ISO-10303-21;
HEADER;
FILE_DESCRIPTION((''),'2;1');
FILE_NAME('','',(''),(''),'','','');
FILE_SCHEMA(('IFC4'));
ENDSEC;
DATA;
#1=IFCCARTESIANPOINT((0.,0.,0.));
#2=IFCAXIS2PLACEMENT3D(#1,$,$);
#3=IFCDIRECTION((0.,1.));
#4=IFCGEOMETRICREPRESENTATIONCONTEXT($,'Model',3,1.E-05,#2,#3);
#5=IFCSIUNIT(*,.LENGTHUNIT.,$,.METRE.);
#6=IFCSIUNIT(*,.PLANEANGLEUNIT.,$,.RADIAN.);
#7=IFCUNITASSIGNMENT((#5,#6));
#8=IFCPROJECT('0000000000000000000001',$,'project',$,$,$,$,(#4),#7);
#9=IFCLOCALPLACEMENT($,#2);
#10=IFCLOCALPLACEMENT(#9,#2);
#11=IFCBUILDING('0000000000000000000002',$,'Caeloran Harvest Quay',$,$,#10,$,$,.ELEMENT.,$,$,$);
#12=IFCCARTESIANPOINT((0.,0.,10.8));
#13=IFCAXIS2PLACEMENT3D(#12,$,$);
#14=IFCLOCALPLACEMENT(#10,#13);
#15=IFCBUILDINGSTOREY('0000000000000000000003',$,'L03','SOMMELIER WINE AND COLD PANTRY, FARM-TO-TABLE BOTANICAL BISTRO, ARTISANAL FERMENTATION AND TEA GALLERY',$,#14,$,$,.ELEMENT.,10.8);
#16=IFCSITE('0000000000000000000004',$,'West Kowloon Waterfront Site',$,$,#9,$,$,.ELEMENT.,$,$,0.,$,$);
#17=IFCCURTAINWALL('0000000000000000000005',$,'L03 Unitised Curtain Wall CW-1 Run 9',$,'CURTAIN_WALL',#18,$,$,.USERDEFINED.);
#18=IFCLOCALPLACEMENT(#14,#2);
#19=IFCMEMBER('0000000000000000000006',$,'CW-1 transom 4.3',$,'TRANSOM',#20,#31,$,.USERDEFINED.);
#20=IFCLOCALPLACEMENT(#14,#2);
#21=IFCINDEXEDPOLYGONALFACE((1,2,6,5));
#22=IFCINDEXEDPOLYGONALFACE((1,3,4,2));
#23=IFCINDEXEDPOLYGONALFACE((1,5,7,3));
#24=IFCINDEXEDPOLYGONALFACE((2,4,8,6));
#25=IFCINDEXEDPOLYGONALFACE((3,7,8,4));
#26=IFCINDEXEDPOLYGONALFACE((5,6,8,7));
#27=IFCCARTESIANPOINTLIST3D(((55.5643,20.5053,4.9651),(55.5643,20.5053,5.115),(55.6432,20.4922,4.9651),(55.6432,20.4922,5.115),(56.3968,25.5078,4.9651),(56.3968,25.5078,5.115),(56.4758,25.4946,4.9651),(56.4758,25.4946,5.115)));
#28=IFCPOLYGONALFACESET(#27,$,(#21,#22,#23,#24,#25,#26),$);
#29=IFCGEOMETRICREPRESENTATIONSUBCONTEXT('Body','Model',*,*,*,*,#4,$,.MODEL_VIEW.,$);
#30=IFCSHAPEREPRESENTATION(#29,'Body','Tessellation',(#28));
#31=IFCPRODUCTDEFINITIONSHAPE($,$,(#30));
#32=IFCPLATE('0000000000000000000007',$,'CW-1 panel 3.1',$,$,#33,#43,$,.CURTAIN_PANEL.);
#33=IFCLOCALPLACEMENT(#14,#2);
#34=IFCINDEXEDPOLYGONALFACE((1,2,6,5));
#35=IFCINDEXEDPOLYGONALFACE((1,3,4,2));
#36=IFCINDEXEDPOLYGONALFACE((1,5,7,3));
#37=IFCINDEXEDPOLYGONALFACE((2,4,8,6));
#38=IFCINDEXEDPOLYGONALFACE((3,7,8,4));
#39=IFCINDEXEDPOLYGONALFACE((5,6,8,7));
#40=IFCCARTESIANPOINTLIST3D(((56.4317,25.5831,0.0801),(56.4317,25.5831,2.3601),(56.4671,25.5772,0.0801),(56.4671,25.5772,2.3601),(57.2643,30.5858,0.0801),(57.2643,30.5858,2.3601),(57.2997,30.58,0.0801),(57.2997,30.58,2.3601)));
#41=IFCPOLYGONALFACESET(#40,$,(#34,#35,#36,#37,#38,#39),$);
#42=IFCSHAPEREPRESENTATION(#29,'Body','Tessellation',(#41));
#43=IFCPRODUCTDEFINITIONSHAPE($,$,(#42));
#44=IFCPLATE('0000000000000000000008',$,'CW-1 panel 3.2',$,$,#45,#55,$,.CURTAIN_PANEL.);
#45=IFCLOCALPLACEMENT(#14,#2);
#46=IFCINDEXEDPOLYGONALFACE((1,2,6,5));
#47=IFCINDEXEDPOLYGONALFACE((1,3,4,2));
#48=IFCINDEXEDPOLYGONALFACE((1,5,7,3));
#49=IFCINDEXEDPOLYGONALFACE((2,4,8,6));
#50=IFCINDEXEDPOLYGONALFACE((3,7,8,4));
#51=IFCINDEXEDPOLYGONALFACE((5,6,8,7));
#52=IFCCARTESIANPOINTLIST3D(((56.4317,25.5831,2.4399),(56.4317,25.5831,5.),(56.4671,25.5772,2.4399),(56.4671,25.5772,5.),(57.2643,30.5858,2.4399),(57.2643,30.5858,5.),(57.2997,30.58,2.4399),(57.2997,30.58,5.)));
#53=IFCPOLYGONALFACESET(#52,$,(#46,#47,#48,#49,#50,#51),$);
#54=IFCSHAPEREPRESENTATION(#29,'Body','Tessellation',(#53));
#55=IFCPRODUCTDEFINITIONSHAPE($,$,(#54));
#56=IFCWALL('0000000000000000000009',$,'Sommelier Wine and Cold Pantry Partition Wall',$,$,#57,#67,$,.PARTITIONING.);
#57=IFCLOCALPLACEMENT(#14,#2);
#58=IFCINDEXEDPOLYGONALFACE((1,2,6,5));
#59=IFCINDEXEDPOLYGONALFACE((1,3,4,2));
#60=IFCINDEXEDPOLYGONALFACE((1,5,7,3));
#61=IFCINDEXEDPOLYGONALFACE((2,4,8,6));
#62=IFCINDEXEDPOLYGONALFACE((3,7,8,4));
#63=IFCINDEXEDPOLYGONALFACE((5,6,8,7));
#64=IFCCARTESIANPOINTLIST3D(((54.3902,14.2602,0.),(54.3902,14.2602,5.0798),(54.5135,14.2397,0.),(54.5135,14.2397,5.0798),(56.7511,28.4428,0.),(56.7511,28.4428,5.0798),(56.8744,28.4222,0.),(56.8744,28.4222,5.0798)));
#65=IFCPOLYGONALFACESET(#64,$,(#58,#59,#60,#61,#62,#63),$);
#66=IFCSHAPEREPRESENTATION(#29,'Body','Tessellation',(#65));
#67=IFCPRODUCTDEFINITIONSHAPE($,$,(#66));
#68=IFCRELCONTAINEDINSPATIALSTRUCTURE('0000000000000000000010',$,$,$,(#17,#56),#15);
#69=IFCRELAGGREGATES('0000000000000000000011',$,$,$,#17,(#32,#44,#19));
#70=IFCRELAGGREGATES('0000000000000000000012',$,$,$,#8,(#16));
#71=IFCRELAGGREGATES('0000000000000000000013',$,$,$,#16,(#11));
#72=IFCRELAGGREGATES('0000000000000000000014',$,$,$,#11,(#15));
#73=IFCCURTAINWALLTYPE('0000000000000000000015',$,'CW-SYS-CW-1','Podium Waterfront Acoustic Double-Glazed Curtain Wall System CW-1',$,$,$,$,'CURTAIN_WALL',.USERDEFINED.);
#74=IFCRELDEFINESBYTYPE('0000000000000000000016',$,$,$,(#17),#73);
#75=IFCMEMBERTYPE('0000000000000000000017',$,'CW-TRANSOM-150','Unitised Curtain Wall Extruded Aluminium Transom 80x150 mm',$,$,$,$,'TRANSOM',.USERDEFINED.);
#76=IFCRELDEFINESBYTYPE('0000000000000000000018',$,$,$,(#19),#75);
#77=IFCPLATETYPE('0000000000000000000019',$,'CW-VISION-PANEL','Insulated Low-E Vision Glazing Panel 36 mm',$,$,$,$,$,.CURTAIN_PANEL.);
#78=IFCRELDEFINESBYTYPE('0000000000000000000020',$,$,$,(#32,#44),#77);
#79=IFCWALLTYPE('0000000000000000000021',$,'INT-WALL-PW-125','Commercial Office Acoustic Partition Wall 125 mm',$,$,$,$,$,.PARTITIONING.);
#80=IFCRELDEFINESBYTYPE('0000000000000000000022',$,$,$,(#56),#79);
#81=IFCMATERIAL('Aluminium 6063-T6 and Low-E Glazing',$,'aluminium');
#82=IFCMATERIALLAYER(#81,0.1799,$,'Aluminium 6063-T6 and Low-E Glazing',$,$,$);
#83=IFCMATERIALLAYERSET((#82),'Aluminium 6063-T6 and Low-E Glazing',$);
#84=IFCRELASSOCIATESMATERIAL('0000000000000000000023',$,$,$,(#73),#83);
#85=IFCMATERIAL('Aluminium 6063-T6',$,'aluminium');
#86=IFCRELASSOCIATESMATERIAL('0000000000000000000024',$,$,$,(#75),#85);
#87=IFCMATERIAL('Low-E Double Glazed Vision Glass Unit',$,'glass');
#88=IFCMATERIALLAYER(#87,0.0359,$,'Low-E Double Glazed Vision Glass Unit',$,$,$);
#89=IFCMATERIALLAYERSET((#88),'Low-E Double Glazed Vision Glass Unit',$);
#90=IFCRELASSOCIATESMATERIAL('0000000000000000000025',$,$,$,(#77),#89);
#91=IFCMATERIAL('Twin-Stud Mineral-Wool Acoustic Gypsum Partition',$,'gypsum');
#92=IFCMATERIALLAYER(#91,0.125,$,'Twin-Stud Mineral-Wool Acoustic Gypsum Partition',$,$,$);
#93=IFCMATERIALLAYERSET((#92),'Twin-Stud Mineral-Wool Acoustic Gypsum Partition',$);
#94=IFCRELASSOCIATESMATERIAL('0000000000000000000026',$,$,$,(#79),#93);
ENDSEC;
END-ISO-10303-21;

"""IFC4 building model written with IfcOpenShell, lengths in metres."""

from ifc_helpers import new_model, si_unit, direction, frame, frame_2d, origin, origin_2d, place, context, subcontext, project, spatial, rectangle, extrude, material, layer, layer_set, material_profile, profile_set, type_object, element, aggregate, save


model = new_model("IFC4")

# Units and contexts
model_context = context("Model", 3, precision=1e-05, world=origin(), true_north=direction((0.0, 1.0)))
body_context = subcontext(model_context, "Body", "Model", "MODEL_VIEW")
ifc_project = project(units=[si_unit("LENGTHUNIT", "METRE"), si_unit("PLANEANGLEUNIT", "RADIAN")], contexts=[model_context])

# Site, building, storey
site_placement = place(None, origin())
site = spatial("IfcSite", under=ifc_project, at=site_placement, Name="West Kowloon Waterfront Site", CompositionType="ELEMENT", RefElevation=0.0)
building_placement = place(site_placement, origin())
building = spatial("IfcBuilding", under=site, at=building_placement, Name="Caeloran Harvest Quay", CompositionType="ELEMENT")
storey_placement = place(building_placement, frame((0.0, 0.0, 10.8)))
storey = spatial("IfcBuildingStorey", under=building, at=storey_placement, Name="L03", Description="SOMMELIER WINE AND COLD PANTRY, FARM-TO-TABLE BOTANICAL BISTRO, ARTISANAL FERMENTATION AND TEA GALLERY", CompositionType="ELEMENT", Elevation=10.8)

# Curtain wall, member, plates
ifc_material_1 = material(Name="Aluminium 6063-T6 and Low-E Glazing", Category="aluminium")
ifc_layer_1 = layer(ifc_material_1, 0.1799, Name="Aluminium 6063-T6 and Low-E Glazing")
ifc_layer_set_1 = layer_set([ifc_layer_1], Name="Aluminium 6063-T6 and Low-E Glazing")
curtain_wall_type = type_object("IfcCurtainWallType", Name="CW-SYS-CW-1", Description="Podium Waterfront Acoustic Double-Glazed Curtain Wall System CW-1", ElementType="CURTAIN_WALL", PredefinedType="USERDEFINED", material=ifc_layer_set_1)
curtain_wall_placement = place(storey_placement, origin())
curtain_wall = element("IfcCurtainWall", 1, at=curtain_wall_placement, inside=storey, type_object=curtain_wall_type, Name="L03 Unitised Curtain Wall CW-1 Run 9", ObjectType="CURTAIN_WALL", PredefinedType="USERDEFINED")
ifc_material_2 = material(Name="Aluminium 6063-T6", Category="aluminium")
ifc_material_profile_1 = material_profile(ifc_material_2, rectangle(XDim=0.0801, YDim=0.1499, at=origin_2d()), Name="CW-TRANSOM-150")
ifc_profile_set_1 = profile_set([ifc_material_profile_1], Name="Aluminium 6063-T6")
member_type_1 = type_object("IfcMemberType", Name="CW-TRANSOM-150", Description="Unitised Curtain Wall Extruded Aluminium Transom 80x150 mm", ElementType="TRANSOM", PredefinedType="USERDEFINED", material=ifc_profile_set_1)
member_1_placement = place(storey_placement, frame((56.4363, 25.5012, 5.04), z_axis=(-0.164165, -0.986433, 0.0), x_axis=(0.986433, -0.164165, 0.0)))
member_1 = element("IfcMember", 2, at=member_1_placement, type_object=member_type_1, Name="CW-1 transom 4.3", ObjectType="TRANSOM", PredefinedType="USERDEFINED", context=body_context, shape_type="SweptSolid", body=[
    extrude(rectangle(XDim=0.0801, YDim=0.1499, at=origin_2d()), origin(), (0.0, 0.0, 1.0), 5.0713),
])
ifc_material_3 = material(Name="Low-E Double Glazed Vision Glass Unit", Category="glass")
ifc_layer_2 = layer(ifc_material_3, 0.0359, Name="Low-E Double Glazed Vision Glass Unit")
ifc_layer_set_2 = layer_set([ifc_layer_2], Name="Low-E Double Glazed Vision Glass Unit")
plate_type = type_object("IfcPlateType", Name="CW-VISION-PANEL", Description="Insulated Low-E Vision Glazing Panel 36 mm", PredefinedType="CURTAIN_PANEL", material=ifc_layer_set_2)
plate_1_placement = place(storey_placement, frame((56.8657, 28.0815, 0.0801), z_axis=(0.0, 0.0, 1.0), x_axis=(-0.164174, -0.986431, 0.0)))
plate_1 = element("IfcPlate", 3, at=plate_1_placement, type_object=plate_type, Name="CW-1 panel 3.1", PredefinedType="CURTAIN_PANEL", context=body_context, shape_type="SweptSolid", body=[
    extrude(rectangle(XDim=5.0715, YDim=0.0359, at=origin_2d()), origin(), (0.0, 0.0, 1.0), 2.28),
])
plate_2_placement = place(storey_placement, frame((56.8657, 28.0815, 2.4399), z_axis=(0.0, 0.0, 1.0), x_axis=(-0.164174, -0.986431, 0.0)))
plate_2 = element("IfcPlate", 4, at=plate_2_placement, type_object=plate_type, Name="CW-1 panel 3.2", PredefinedType="CURTAIN_PANEL", context=body_context, shape_type="SweptSolid", body=[
    extrude(rectangle(XDim=5.0715, YDim=0.0359, at=origin_2d()), origin(), (0.0, 0.0, 1.0), 2.5601),
])
aggregate(curtain_wall, [plate_1, plate_2, member_1])

# Wall
ifc_material_4 = material(Name="Twin-Stud Mineral-Wool Acoustic Gypsum Partition", Category="gypsum")
ifc_layer_3 = layer(ifc_material_4, 0.125, Name="Twin-Stud Mineral-Wool Acoustic Gypsum Partition")
ifc_layer_set_3 = layer_set([ifc_layer_3], Name="Twin-Stud Mineral-Wool Acoustic Gypsum Partition")
wall_type = type_object("IfcWallType", Name="INT-WALL-PW-125", Description="Commercial Office Acoustic Partition Wall 125 mm", PredefinedType="PARTITIONING", material=ifc_layer_set_3)
wall_placement = place(storey_placement, frame((56.8127, 28.4326, 0.0), z_axis=(0.0, 0.0, 1.0), x_axis=(-0.164201, -0.986427, 0.0)))
element("IfcWall", 5, at=wall_placement, inside=storey, type_object=wall_type, Name="Sommelier Wine and Cold Pantry Partition Wall", PredefinedType="PARTITIONING", context=body_context, shape_type="SweptSolid", body=[
    extrude(rectangle(XDim=14.3777, YDim=0.125, at=frame_2d((7.189, 0.0))), origin(), (0.0, 0.0, 1.0), 5.0798),
])

save(model, "model.ifc")
